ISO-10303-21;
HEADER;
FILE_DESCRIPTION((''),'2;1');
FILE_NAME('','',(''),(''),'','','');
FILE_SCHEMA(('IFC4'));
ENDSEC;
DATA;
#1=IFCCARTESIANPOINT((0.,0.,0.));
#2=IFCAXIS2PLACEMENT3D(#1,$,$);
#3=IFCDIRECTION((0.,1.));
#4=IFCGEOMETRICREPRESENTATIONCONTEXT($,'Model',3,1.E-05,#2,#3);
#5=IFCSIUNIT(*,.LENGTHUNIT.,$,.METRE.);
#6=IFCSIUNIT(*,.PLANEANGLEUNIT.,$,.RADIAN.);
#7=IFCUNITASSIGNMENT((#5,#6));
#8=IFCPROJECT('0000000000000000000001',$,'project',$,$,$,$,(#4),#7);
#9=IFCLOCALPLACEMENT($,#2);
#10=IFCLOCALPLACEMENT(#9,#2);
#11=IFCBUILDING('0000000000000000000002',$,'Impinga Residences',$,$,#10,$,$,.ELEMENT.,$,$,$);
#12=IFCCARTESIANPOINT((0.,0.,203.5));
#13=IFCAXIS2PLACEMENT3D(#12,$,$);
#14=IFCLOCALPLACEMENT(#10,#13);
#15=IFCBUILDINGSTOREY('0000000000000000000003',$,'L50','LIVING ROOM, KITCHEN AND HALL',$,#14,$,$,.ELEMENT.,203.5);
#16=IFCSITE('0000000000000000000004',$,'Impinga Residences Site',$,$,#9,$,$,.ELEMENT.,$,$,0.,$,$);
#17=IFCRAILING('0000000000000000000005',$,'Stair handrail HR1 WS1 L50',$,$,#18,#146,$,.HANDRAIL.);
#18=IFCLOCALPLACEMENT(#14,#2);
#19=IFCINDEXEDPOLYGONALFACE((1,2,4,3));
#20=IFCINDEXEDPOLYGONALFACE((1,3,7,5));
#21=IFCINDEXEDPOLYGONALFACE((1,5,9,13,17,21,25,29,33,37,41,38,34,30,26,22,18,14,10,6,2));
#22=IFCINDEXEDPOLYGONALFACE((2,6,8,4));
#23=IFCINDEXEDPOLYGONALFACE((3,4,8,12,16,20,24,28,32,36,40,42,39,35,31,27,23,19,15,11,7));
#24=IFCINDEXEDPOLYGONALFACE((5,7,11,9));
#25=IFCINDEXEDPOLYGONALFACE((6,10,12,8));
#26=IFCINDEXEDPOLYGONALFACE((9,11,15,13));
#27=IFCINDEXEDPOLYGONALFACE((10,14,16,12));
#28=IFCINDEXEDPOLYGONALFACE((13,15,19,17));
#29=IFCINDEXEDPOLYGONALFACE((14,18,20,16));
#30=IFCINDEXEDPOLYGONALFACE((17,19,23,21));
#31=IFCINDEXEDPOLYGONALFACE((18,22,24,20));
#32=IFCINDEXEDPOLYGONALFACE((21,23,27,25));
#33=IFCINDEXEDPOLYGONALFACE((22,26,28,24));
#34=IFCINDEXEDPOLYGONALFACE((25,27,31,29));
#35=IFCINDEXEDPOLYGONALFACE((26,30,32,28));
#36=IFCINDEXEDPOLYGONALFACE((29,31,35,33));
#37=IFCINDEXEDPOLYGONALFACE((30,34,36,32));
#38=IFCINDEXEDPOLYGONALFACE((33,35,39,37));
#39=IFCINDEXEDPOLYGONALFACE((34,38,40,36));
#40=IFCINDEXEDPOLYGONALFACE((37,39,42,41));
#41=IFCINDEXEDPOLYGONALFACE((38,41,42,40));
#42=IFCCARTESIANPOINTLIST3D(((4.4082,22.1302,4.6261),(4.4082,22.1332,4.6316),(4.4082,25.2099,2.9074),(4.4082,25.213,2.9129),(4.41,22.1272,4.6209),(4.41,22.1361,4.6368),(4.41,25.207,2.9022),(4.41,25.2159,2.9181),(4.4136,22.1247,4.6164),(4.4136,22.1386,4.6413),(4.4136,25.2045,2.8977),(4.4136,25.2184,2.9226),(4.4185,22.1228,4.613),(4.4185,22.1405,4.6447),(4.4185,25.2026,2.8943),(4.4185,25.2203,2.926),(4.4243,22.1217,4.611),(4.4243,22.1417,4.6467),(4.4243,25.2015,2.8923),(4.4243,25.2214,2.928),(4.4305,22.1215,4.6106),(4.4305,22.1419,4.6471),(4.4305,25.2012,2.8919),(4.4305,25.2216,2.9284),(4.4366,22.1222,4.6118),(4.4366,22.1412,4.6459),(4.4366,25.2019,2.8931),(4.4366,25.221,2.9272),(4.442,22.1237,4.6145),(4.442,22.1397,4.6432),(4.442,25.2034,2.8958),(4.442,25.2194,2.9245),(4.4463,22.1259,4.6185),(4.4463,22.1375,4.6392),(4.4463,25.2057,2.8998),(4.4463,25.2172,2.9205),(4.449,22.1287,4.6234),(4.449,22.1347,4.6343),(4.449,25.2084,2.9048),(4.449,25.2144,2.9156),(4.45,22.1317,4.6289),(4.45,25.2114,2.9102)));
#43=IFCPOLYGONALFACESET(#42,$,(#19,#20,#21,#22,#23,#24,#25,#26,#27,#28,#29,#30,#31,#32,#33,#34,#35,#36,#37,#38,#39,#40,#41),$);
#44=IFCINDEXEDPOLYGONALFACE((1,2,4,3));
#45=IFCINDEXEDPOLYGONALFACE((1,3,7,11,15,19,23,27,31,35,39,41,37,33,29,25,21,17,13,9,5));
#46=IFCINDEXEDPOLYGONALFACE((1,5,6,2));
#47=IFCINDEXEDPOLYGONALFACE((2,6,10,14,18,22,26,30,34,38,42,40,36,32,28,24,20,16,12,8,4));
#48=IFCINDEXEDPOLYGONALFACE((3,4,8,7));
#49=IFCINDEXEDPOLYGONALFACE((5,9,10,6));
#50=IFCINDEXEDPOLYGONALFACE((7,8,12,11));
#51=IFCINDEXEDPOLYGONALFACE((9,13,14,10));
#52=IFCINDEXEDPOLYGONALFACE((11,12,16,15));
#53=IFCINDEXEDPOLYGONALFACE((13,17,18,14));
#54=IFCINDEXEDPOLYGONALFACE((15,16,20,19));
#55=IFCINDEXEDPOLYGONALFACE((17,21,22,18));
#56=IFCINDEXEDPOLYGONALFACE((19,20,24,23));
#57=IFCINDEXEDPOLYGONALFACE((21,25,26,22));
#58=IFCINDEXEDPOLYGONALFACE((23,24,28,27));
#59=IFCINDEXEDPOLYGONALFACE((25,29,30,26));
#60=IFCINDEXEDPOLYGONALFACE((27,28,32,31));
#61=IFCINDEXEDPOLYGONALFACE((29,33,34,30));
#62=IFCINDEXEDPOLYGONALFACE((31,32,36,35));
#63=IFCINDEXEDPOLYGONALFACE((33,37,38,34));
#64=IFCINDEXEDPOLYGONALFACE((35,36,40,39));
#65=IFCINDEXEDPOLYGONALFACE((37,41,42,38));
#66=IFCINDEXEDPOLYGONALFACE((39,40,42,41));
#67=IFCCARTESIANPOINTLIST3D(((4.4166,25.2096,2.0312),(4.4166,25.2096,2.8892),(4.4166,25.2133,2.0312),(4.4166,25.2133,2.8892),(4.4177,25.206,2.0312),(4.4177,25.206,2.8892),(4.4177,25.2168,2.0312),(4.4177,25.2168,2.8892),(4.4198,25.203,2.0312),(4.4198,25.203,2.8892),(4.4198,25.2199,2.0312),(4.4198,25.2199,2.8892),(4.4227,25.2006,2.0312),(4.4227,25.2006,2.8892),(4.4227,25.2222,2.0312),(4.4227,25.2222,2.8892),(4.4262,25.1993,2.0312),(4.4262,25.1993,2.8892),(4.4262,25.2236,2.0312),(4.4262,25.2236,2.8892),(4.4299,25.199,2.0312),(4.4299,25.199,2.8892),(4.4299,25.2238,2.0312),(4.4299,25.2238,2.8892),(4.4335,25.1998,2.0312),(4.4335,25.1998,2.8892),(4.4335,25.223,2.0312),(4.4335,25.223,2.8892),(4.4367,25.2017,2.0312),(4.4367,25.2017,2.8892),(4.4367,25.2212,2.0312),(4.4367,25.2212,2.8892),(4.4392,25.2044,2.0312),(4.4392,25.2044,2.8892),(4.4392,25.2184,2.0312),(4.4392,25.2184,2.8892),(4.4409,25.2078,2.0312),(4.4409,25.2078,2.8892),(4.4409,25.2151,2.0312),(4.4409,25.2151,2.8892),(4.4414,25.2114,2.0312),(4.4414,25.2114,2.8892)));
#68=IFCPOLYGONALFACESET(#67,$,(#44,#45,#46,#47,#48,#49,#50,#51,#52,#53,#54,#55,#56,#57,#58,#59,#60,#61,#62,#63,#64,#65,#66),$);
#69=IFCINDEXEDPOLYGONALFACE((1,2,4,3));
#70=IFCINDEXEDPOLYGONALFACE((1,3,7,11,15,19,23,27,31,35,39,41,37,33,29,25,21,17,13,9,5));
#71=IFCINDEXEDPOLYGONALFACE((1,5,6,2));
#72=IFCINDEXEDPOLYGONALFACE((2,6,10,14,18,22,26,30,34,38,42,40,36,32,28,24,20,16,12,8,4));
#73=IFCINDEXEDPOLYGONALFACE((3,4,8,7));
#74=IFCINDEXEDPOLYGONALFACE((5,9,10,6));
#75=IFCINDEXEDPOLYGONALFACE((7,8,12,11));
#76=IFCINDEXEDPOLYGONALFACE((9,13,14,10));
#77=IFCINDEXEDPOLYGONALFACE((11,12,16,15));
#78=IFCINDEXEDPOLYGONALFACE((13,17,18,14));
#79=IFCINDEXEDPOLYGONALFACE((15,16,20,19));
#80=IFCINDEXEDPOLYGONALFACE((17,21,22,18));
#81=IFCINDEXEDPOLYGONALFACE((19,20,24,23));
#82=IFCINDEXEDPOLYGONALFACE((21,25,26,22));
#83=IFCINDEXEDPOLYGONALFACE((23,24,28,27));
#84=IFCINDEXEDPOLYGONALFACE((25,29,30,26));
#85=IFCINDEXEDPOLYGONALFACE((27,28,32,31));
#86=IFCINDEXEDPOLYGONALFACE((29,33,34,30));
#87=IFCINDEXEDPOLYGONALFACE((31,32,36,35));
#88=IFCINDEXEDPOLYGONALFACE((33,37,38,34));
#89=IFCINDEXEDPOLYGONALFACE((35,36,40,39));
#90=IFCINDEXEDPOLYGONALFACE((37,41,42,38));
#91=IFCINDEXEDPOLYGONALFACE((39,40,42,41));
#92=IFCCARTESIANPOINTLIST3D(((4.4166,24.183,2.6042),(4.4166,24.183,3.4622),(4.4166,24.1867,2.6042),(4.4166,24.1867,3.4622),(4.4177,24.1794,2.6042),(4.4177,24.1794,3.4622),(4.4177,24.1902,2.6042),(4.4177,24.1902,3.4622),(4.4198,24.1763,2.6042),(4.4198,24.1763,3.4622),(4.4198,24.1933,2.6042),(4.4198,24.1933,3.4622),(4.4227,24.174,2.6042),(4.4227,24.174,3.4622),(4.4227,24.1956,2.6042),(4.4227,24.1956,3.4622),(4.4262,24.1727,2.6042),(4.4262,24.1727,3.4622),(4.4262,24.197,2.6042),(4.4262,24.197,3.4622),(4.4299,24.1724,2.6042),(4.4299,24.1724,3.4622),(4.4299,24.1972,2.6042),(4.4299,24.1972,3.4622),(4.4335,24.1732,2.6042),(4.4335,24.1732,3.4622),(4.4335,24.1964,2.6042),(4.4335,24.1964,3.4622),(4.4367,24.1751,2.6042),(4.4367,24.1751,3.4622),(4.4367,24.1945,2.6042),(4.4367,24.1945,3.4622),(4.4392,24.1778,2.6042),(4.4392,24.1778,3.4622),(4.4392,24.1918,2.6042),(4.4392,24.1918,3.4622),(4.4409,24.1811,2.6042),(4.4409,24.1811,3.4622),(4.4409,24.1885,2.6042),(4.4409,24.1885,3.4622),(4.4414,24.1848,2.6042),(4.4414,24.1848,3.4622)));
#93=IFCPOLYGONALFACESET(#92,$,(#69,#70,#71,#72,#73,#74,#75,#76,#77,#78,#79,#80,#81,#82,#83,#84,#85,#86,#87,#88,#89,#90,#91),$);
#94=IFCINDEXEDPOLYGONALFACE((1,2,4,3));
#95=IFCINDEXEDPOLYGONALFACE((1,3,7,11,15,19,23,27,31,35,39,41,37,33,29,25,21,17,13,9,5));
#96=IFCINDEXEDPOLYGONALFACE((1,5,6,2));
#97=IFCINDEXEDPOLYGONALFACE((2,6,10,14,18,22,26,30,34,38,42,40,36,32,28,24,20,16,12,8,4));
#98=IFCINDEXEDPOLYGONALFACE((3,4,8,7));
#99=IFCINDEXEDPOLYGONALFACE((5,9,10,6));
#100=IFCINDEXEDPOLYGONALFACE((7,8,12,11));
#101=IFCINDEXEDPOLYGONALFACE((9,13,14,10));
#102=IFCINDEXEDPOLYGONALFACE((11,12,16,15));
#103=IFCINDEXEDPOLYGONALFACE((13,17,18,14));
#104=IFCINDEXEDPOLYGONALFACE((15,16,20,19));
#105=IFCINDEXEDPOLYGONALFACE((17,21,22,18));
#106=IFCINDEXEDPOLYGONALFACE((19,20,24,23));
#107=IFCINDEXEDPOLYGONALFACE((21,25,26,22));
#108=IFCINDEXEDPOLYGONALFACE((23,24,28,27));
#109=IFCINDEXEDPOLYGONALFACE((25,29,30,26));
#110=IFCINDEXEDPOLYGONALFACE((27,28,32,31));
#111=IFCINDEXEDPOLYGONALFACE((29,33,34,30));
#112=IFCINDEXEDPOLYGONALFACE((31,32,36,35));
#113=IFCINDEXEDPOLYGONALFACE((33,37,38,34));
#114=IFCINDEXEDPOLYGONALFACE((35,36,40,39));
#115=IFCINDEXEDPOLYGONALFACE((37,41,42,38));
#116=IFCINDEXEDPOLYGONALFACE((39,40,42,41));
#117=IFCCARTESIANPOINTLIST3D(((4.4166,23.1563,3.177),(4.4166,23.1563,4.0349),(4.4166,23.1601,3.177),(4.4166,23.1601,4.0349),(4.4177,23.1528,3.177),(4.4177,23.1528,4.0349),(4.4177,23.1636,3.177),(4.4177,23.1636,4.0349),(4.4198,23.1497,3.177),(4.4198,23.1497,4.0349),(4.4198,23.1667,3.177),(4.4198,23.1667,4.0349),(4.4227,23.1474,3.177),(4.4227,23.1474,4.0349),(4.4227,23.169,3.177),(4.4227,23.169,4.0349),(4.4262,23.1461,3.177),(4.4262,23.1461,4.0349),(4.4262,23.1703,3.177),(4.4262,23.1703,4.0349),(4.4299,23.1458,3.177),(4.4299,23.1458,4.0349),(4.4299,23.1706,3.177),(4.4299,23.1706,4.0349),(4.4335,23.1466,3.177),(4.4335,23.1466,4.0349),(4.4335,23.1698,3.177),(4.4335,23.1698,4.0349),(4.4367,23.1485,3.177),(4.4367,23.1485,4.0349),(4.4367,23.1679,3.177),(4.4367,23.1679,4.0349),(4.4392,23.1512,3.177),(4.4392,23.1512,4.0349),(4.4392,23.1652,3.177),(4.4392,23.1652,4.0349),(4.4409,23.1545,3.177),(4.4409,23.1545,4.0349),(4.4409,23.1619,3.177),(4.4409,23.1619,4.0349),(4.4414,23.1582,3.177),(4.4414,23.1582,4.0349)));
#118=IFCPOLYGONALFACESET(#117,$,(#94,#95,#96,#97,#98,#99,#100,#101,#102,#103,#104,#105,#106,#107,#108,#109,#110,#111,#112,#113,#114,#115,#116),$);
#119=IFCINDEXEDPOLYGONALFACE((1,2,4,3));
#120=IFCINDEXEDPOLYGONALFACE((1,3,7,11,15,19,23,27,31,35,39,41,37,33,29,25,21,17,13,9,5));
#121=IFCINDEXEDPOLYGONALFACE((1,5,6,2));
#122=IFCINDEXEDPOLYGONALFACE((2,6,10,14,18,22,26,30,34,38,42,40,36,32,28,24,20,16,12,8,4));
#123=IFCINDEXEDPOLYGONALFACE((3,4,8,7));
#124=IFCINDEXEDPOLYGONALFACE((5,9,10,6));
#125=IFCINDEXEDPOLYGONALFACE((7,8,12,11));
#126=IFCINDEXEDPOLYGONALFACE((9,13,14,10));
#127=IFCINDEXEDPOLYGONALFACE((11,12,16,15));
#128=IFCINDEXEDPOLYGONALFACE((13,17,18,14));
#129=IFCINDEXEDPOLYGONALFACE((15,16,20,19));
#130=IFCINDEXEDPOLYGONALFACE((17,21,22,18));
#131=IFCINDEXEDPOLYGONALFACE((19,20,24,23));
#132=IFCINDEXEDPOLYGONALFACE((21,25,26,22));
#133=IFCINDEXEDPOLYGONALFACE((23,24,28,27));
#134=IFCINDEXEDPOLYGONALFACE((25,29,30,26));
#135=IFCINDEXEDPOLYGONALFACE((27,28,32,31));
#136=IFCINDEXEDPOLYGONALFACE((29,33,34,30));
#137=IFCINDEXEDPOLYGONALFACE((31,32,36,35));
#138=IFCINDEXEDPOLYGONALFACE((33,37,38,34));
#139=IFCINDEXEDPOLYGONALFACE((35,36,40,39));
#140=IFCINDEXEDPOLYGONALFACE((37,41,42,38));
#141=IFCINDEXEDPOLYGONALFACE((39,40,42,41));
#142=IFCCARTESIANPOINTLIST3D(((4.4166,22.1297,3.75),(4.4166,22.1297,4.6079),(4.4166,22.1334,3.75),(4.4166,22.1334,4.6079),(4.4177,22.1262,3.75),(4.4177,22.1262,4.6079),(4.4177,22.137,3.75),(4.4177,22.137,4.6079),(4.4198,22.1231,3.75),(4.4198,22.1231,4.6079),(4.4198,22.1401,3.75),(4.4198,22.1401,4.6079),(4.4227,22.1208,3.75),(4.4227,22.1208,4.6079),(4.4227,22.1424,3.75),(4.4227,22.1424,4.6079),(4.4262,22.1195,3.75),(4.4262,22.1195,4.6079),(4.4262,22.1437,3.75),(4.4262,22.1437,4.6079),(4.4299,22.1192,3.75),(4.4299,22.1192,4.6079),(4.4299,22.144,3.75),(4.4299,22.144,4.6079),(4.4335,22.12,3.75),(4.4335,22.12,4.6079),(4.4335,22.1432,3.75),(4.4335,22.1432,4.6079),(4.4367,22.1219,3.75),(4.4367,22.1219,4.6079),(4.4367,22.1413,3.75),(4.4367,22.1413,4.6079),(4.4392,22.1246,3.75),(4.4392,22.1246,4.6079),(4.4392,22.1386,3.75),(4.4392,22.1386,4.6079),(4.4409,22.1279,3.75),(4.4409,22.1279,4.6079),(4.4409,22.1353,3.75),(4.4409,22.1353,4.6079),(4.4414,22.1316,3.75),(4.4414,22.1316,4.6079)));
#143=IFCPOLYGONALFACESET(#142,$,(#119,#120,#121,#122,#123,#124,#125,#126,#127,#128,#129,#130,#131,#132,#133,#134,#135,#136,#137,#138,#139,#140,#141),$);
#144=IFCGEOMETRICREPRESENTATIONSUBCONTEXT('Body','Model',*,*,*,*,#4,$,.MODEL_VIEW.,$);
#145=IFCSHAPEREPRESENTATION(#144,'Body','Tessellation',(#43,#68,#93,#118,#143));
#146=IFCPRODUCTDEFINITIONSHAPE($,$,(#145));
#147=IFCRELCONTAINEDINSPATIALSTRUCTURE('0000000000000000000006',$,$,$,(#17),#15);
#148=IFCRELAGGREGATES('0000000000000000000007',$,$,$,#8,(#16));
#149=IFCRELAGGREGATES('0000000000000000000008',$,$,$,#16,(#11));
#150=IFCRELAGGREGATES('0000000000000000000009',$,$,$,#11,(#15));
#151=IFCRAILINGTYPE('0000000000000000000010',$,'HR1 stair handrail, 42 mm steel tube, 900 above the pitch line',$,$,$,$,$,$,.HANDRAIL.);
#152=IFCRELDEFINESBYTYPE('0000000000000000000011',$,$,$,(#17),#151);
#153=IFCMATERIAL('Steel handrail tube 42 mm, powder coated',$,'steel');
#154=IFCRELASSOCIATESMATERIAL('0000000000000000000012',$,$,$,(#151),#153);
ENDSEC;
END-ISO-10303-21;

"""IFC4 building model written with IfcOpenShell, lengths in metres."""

from ifc_helpers import new_model, si_unit, direction, frame, origin, origin_2d, place, context, subcontext, project, spatial, circle, extrude, material, type_object, element, save


model = new_model("IFC4")

# Units and contexts
model_context = context("Model", 3, precision=1e-05, world=origin(), true_north=direction((0.0, 1.0)))
body_context = subcontext(model_context, "Body", "Model", "MODEL_VIEW")
ifc_project = project(units=[si_unit("LENGTHUNIT", "METRE"), si_unit("PLANEANGLEUNIT", "RADIAN")], contexts=[model_context])

# Site, building, storey
site_placement = place(None, origin())
site = spatial("IfcSite", under=ifc_project, at=site_placement, Name="Impinga Residences Site", CompositionType="ELEMENT", RefElevation=0.0)
building_placement = place(site_placement, origin())
building = spatial("IfcBuilding", under=site, at=building_placement, Name="Impinga Residences", CompositionType="ELEMENT")
storey_placement = place(building_placement, frame((0.0, 0.0, 203.5)))
storey = spatial("IfcBuildingStorey", under=building, at=storey_placement, Name="L50", Description="LIVING ROOM, KITCHEN AND HALL", CompositionType="ELEMENT", Elevation=203.5)

# Railing
ifc_material_1 = material(Name="Steel handrail tube 42 mm, powder coated", Category="steel")
railing_type_1 = type_object("IfcRailingType", Name="HR1 stair handrail, 42 mm steel tube, 900 above the pitch line", PredefinedType="HANDRAIL", material=ifc_material_1)
railing_1_placement = place(storey_placement, frame((4.429, 25.2114, 2.0312)))
element("IfcRailing", 1, at=railing_1_placement, inside=storey, type_object=railing_type_1, Name="Stair handrail HR1 WS1 L50", PredefinedType="HANDRAIL", context=body_context, shape_type="SweptSolid", body=[
    extrude(circle(Radius=0.021, at=origin_2d()), frame((0.0, 0.0, 0.8789), z_axis=(0.0, -0.873225, 0.487317), x_axis=(1.0, 0.0, 0.0)), (0.0, 0.0, 1.0), 3.5269),
    extrude(circle(Radius=0.0125, at=origin_2d()), origin(), (0.0, 0.0, 1.0), 0.8579),
    extrude(circle(Radius=0.0125, at=origin_2d()), frame((0.0, -1.0266, 0.573)), (0.0, 0.0, 1.0), 0.8579),
    extrude(circle(Radius=0.0125, at=origin_2d()), frame((0.0, -2.0532, 1.1458)), (0.0, 0.0, 1.0), 0.8579),
    extrude(circle(Radius=0.0125, at=origin_2d()), frame((0.0, -3.0798, 1.7188)), (0.0, 0.0, 1.0), 0.8579),
])

save(model, "model.ifc")
